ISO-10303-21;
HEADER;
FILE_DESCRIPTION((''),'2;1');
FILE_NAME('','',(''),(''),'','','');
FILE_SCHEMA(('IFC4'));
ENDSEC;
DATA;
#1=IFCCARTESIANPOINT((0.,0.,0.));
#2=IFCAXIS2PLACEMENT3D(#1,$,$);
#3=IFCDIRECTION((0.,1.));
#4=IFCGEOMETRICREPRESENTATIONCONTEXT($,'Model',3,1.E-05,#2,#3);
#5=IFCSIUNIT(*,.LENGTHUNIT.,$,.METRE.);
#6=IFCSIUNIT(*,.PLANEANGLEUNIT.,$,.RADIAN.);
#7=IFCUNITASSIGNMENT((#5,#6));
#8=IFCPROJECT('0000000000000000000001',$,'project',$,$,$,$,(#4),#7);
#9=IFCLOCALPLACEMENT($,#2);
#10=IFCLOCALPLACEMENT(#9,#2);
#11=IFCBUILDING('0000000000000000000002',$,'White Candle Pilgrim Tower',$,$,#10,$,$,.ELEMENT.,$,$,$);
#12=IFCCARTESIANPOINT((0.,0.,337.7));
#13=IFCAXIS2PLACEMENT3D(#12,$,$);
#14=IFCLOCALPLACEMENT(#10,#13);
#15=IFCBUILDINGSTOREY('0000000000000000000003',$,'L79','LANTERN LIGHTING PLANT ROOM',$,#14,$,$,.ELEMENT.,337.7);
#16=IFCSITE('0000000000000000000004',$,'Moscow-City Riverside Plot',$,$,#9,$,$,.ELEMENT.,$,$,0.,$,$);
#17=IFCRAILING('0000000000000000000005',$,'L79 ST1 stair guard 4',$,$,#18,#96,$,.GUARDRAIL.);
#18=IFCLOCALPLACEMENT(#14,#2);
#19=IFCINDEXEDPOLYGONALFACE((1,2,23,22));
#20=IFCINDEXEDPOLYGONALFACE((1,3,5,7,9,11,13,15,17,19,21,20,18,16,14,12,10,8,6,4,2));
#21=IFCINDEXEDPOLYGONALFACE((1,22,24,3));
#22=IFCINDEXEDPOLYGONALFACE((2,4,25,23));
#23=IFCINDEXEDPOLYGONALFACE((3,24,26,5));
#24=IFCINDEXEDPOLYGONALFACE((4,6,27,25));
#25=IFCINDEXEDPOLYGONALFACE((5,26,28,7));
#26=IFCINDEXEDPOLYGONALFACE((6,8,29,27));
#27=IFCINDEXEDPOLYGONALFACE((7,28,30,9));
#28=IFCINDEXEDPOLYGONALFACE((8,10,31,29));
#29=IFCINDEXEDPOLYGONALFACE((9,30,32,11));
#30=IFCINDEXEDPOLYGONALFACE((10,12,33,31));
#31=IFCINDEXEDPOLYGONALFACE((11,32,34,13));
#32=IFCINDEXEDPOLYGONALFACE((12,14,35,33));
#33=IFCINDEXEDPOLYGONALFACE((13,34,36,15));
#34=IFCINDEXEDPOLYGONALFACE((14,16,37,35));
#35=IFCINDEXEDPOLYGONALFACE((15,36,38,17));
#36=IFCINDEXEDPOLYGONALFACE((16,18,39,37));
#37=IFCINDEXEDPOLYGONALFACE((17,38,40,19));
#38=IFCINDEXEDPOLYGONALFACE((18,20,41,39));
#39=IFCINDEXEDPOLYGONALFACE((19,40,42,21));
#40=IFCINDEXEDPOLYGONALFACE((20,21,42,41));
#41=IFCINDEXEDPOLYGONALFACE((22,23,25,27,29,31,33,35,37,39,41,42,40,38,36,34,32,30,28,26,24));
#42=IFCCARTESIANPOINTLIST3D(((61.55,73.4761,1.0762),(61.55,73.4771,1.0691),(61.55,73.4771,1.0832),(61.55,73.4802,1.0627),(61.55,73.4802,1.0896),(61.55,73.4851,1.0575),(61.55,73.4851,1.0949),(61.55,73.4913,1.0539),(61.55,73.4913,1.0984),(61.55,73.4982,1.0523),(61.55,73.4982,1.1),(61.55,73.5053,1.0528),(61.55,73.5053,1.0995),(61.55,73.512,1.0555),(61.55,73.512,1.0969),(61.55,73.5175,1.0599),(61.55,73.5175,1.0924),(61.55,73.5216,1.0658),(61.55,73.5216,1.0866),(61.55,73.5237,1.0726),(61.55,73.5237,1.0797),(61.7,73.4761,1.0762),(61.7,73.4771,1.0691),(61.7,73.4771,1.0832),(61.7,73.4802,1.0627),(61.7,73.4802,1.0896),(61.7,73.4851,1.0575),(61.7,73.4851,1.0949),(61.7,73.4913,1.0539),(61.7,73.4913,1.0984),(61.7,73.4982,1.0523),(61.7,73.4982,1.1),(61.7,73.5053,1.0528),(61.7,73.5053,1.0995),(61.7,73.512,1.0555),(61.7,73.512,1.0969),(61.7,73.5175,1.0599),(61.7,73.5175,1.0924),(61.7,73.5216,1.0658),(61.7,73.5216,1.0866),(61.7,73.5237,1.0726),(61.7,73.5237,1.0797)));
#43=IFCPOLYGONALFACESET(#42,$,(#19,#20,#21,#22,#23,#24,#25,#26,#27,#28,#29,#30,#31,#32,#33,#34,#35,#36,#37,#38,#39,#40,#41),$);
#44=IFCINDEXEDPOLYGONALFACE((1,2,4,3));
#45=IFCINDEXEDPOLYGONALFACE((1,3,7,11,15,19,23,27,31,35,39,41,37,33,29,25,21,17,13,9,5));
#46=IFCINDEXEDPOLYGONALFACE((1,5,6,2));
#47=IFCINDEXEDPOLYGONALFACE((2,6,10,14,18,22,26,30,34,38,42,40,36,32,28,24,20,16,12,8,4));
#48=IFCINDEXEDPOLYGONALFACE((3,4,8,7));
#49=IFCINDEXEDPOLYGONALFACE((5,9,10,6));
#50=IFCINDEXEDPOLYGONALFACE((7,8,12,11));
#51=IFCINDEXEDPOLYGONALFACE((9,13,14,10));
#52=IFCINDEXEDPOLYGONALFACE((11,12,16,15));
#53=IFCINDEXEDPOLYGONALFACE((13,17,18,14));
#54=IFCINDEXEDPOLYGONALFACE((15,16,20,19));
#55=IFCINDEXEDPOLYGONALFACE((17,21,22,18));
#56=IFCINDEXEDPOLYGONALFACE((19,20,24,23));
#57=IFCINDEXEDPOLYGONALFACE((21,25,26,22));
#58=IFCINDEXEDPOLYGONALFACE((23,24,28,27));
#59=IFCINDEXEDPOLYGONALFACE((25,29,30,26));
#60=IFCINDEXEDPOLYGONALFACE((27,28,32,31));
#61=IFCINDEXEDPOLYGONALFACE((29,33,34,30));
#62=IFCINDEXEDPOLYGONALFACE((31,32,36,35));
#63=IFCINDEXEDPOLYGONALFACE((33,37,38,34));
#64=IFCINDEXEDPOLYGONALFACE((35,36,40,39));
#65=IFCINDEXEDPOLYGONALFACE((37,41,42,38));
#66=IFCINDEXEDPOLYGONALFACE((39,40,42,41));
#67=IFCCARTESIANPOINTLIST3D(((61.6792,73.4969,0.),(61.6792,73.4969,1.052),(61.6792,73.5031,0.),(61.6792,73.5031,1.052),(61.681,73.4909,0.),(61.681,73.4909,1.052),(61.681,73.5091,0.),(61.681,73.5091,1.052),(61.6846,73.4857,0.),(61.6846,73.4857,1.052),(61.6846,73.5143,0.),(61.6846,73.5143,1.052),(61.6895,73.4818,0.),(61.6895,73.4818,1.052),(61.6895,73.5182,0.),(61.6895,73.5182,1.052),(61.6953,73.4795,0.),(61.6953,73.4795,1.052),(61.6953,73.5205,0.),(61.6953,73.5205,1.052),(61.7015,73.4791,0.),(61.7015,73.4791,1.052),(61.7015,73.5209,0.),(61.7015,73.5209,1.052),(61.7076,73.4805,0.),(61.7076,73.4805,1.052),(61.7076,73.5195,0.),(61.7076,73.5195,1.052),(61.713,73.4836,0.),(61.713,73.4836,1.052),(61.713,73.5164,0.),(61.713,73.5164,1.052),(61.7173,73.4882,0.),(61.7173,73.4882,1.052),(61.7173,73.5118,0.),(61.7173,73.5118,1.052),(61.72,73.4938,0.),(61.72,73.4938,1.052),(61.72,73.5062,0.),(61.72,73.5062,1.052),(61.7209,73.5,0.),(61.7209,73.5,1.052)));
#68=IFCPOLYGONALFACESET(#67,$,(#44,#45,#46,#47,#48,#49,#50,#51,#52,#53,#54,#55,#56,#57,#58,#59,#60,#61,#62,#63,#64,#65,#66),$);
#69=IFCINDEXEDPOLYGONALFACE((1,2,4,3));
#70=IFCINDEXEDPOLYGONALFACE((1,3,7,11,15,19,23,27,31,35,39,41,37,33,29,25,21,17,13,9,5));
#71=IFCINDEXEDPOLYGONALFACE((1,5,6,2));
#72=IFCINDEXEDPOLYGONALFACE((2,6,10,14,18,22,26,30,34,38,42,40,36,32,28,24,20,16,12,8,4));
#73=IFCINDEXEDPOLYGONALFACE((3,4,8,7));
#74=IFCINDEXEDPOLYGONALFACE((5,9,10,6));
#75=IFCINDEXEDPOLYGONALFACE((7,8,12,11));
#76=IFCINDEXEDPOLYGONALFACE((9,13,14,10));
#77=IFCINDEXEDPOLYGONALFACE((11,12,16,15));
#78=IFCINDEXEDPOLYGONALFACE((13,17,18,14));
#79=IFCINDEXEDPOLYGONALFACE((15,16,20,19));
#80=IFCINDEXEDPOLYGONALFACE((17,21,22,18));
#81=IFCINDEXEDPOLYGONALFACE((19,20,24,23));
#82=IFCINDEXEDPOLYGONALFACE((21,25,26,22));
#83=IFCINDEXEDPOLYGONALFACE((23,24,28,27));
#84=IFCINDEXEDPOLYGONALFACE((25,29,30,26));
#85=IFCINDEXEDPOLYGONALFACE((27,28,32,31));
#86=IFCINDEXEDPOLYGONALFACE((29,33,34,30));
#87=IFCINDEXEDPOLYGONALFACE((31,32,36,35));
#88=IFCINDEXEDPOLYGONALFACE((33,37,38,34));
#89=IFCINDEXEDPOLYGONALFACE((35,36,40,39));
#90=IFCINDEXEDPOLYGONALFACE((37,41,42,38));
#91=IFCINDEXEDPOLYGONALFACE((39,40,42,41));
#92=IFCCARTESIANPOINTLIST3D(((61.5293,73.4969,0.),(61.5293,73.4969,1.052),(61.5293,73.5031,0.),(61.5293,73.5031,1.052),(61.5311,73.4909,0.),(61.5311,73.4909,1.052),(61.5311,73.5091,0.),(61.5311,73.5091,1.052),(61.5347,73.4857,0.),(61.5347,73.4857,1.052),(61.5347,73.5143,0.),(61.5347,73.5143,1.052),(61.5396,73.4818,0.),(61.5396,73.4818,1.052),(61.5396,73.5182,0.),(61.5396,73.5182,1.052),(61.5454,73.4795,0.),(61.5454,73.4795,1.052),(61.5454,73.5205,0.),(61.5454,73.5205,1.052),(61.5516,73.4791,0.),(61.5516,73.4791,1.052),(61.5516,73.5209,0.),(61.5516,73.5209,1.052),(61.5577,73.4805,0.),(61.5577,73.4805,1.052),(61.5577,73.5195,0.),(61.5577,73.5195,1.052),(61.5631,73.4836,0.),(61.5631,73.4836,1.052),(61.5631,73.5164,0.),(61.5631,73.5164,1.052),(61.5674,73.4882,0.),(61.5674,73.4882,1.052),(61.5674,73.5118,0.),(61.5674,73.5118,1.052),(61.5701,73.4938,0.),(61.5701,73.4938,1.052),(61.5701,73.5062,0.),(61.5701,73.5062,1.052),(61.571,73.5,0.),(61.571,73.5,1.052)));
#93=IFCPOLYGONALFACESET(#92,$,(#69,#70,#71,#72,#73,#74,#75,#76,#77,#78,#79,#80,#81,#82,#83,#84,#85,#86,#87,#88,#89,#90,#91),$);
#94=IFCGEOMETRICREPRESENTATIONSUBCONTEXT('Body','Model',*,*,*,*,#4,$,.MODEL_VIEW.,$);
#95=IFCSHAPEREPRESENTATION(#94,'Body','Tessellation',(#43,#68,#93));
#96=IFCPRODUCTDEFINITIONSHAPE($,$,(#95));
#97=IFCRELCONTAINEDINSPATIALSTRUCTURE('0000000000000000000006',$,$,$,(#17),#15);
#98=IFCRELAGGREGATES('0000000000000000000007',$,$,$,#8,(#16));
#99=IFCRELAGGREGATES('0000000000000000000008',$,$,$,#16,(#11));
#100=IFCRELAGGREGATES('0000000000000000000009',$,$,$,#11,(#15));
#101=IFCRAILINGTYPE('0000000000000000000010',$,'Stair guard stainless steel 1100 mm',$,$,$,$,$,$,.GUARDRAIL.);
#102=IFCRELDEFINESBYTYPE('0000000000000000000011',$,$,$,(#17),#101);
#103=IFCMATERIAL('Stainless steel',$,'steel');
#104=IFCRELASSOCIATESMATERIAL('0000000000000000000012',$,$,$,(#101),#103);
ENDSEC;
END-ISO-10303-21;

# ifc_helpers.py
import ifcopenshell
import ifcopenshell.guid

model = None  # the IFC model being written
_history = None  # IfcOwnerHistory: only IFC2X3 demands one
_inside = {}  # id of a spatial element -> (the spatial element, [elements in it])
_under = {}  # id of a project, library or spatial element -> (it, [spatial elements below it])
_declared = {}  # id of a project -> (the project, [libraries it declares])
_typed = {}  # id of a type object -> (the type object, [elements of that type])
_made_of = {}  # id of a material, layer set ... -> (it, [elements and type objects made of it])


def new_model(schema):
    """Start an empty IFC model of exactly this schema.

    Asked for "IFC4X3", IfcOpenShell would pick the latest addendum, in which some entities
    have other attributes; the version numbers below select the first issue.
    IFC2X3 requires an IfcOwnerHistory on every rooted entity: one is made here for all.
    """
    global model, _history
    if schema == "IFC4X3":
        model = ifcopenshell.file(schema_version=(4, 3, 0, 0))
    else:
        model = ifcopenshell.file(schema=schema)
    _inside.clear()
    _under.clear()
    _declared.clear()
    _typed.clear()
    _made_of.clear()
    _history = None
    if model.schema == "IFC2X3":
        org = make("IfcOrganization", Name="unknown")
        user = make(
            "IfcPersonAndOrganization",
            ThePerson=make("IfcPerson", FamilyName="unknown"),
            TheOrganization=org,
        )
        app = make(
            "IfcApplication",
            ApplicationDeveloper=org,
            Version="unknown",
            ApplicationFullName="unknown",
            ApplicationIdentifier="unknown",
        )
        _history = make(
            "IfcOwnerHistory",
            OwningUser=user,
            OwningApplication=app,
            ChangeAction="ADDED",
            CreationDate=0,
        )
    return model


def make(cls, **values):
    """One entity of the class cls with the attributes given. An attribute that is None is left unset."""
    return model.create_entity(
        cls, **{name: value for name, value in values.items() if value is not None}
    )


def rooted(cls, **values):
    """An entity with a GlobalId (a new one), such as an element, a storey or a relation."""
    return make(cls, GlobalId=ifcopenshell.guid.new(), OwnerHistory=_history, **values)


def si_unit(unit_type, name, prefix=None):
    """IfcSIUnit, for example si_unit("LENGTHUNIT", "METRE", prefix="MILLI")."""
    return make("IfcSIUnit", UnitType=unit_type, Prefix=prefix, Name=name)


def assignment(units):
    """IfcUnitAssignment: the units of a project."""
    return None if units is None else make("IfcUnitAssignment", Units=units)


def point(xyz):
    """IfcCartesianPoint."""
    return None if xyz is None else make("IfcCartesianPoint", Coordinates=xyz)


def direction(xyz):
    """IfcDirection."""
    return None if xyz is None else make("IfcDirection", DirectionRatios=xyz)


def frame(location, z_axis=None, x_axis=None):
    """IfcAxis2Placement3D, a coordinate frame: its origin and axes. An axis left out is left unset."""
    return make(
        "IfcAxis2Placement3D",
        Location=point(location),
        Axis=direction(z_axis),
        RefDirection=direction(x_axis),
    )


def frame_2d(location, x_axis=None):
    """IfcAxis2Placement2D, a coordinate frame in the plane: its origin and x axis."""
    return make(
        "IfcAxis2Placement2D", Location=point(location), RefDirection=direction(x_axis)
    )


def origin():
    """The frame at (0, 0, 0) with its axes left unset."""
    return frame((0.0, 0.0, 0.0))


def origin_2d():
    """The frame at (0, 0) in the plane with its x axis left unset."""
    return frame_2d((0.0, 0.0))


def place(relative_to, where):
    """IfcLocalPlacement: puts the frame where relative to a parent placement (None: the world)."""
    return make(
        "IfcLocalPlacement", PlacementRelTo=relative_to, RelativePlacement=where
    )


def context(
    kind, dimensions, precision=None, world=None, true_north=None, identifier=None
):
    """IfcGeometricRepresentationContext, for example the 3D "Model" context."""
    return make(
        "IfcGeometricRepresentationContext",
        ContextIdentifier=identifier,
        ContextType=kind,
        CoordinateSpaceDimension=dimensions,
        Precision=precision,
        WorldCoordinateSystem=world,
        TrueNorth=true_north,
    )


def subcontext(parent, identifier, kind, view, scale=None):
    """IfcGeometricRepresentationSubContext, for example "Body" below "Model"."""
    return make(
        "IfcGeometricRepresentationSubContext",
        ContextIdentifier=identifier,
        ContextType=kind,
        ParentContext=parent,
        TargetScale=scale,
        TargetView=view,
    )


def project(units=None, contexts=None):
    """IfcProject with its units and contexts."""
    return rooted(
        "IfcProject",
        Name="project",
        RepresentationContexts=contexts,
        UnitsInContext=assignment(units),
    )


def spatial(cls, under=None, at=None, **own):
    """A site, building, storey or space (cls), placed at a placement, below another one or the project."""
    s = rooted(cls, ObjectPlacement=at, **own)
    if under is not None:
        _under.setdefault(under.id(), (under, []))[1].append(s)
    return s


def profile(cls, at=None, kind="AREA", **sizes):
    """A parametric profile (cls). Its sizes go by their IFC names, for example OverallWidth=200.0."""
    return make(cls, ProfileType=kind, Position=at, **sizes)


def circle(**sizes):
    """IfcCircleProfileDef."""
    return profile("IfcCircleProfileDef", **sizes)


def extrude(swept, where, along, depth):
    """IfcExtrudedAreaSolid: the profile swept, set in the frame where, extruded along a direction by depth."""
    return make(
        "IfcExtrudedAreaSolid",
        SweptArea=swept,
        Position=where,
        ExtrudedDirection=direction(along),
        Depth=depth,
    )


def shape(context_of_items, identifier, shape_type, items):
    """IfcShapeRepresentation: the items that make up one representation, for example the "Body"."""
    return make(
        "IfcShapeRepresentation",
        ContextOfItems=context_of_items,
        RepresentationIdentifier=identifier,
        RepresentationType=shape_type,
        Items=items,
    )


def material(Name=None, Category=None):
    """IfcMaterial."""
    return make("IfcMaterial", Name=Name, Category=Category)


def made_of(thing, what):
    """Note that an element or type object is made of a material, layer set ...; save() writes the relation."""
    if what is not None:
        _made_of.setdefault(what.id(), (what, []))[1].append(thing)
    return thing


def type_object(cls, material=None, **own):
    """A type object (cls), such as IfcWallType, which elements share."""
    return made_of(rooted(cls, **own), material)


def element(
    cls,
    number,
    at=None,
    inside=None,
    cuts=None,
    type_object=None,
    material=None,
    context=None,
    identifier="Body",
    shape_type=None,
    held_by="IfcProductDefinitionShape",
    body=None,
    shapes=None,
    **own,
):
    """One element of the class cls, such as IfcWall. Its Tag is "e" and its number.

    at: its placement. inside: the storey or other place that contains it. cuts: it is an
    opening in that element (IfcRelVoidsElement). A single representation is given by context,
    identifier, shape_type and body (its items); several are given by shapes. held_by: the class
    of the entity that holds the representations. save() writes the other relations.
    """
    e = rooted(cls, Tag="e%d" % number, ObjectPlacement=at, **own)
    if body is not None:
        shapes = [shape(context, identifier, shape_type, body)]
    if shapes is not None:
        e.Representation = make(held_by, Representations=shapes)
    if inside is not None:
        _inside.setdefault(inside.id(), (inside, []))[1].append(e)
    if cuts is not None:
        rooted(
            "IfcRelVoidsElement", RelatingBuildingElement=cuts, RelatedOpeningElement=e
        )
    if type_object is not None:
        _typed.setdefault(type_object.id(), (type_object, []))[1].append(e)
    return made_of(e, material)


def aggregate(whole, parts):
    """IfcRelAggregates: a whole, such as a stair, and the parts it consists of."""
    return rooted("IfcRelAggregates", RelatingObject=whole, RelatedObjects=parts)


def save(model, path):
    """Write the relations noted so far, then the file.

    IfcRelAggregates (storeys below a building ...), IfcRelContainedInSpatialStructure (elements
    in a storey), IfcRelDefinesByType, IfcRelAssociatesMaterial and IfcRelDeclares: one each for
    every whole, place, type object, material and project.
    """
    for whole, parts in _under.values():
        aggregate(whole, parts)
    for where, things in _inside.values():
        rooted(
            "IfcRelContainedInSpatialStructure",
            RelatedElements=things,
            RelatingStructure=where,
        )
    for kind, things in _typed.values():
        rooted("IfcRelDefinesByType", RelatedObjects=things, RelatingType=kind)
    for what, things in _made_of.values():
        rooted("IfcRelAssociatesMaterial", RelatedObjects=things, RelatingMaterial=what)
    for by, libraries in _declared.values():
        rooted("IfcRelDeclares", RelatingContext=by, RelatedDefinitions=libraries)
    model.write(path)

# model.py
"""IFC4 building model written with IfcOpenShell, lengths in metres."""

from ifc_helpers import new_model, si_unit, direction, frame, origin, origin_2d, place, context, subcontext, project, spatial, circle, extrude, material, type_object, element, save


model = new_model("IFC4")

# Units and contexts
model_context = context("Model", 3, precision=1e-05, world=origin(), true_north=direction((0.0, 1.0)))
body_context = subcontext(model_context, "Body", "Model", "MODEL_VIEW")
ifc_project = project(units=[si_unit("LENGTHUNIT", "METRE"), si_unit("PLANEANGLEUNIT", "RADIAN")], contexts=[model_context])

# Site, building, storey
site_placement = place(None, origin())
site = spatial("IfcSite", under=ifc_project, at=site_placement, Name="Moscow-City Riverside Plot", CompositionType="ELEMENT", RefElevation=0.0)
building_placement = place(site_placement, origin())
building = spatial("IfcBuilding", under=site, at=building_placement, Name="White Candle Pilgrim Tower", CompositionType="ELEMENT")
storey_placement = place(building_placement, frame((0.0, 0.0, 337.7)))
storey = spatial("IfcBuildingStorey", under=building, at=storey_placement, Name="L79", Description="LANTERN LIGHTING PLANT ROOM", CompositionType="ELEMENT", Elevation=337.7)

# Railing
ifc_material_1 = material(Name="Stainless steel", Category="steel")
railing_type_1 = type_object("IfcRailingType", Name="Stair guard stainless steel 1100 mm", PredefinedType="GUARDRAIL", material=ifc_material_1)
railing_1_placement = place(storey_placement, frame((61.7, 73.5, 0.0)))
element("IfcRailing", 1, at=railing_1_placement, inside=storey, type_object=railing_type_1, Name="L79 ST1 stair guard 4", PredefinedType="GUARDRAIL", context=body_context, shape_type="SweptSolid", body=[
    extrude(circle(Radius=0.0239, at=origin_2d()), frame((0.0, 0.0, 1.0762), z_axis=(-1.0, 0.0, 0.0), x_axis=(0.0, -1.0, 0.0)), (0.0, 0.0, 1.0), 0.1499),
    extrude(circle(Radius=0.021, at=origin_2d()), origin(), (0.0, 0.0, 1.0), 1.052),
    extrude(circle(Radius=0.021, at=origin_2d()), frame((-0.1499, 0.0, 0.0)), (0.0, 0.0, 1.0), 1.052),
])

save(model, "model.ifc")
